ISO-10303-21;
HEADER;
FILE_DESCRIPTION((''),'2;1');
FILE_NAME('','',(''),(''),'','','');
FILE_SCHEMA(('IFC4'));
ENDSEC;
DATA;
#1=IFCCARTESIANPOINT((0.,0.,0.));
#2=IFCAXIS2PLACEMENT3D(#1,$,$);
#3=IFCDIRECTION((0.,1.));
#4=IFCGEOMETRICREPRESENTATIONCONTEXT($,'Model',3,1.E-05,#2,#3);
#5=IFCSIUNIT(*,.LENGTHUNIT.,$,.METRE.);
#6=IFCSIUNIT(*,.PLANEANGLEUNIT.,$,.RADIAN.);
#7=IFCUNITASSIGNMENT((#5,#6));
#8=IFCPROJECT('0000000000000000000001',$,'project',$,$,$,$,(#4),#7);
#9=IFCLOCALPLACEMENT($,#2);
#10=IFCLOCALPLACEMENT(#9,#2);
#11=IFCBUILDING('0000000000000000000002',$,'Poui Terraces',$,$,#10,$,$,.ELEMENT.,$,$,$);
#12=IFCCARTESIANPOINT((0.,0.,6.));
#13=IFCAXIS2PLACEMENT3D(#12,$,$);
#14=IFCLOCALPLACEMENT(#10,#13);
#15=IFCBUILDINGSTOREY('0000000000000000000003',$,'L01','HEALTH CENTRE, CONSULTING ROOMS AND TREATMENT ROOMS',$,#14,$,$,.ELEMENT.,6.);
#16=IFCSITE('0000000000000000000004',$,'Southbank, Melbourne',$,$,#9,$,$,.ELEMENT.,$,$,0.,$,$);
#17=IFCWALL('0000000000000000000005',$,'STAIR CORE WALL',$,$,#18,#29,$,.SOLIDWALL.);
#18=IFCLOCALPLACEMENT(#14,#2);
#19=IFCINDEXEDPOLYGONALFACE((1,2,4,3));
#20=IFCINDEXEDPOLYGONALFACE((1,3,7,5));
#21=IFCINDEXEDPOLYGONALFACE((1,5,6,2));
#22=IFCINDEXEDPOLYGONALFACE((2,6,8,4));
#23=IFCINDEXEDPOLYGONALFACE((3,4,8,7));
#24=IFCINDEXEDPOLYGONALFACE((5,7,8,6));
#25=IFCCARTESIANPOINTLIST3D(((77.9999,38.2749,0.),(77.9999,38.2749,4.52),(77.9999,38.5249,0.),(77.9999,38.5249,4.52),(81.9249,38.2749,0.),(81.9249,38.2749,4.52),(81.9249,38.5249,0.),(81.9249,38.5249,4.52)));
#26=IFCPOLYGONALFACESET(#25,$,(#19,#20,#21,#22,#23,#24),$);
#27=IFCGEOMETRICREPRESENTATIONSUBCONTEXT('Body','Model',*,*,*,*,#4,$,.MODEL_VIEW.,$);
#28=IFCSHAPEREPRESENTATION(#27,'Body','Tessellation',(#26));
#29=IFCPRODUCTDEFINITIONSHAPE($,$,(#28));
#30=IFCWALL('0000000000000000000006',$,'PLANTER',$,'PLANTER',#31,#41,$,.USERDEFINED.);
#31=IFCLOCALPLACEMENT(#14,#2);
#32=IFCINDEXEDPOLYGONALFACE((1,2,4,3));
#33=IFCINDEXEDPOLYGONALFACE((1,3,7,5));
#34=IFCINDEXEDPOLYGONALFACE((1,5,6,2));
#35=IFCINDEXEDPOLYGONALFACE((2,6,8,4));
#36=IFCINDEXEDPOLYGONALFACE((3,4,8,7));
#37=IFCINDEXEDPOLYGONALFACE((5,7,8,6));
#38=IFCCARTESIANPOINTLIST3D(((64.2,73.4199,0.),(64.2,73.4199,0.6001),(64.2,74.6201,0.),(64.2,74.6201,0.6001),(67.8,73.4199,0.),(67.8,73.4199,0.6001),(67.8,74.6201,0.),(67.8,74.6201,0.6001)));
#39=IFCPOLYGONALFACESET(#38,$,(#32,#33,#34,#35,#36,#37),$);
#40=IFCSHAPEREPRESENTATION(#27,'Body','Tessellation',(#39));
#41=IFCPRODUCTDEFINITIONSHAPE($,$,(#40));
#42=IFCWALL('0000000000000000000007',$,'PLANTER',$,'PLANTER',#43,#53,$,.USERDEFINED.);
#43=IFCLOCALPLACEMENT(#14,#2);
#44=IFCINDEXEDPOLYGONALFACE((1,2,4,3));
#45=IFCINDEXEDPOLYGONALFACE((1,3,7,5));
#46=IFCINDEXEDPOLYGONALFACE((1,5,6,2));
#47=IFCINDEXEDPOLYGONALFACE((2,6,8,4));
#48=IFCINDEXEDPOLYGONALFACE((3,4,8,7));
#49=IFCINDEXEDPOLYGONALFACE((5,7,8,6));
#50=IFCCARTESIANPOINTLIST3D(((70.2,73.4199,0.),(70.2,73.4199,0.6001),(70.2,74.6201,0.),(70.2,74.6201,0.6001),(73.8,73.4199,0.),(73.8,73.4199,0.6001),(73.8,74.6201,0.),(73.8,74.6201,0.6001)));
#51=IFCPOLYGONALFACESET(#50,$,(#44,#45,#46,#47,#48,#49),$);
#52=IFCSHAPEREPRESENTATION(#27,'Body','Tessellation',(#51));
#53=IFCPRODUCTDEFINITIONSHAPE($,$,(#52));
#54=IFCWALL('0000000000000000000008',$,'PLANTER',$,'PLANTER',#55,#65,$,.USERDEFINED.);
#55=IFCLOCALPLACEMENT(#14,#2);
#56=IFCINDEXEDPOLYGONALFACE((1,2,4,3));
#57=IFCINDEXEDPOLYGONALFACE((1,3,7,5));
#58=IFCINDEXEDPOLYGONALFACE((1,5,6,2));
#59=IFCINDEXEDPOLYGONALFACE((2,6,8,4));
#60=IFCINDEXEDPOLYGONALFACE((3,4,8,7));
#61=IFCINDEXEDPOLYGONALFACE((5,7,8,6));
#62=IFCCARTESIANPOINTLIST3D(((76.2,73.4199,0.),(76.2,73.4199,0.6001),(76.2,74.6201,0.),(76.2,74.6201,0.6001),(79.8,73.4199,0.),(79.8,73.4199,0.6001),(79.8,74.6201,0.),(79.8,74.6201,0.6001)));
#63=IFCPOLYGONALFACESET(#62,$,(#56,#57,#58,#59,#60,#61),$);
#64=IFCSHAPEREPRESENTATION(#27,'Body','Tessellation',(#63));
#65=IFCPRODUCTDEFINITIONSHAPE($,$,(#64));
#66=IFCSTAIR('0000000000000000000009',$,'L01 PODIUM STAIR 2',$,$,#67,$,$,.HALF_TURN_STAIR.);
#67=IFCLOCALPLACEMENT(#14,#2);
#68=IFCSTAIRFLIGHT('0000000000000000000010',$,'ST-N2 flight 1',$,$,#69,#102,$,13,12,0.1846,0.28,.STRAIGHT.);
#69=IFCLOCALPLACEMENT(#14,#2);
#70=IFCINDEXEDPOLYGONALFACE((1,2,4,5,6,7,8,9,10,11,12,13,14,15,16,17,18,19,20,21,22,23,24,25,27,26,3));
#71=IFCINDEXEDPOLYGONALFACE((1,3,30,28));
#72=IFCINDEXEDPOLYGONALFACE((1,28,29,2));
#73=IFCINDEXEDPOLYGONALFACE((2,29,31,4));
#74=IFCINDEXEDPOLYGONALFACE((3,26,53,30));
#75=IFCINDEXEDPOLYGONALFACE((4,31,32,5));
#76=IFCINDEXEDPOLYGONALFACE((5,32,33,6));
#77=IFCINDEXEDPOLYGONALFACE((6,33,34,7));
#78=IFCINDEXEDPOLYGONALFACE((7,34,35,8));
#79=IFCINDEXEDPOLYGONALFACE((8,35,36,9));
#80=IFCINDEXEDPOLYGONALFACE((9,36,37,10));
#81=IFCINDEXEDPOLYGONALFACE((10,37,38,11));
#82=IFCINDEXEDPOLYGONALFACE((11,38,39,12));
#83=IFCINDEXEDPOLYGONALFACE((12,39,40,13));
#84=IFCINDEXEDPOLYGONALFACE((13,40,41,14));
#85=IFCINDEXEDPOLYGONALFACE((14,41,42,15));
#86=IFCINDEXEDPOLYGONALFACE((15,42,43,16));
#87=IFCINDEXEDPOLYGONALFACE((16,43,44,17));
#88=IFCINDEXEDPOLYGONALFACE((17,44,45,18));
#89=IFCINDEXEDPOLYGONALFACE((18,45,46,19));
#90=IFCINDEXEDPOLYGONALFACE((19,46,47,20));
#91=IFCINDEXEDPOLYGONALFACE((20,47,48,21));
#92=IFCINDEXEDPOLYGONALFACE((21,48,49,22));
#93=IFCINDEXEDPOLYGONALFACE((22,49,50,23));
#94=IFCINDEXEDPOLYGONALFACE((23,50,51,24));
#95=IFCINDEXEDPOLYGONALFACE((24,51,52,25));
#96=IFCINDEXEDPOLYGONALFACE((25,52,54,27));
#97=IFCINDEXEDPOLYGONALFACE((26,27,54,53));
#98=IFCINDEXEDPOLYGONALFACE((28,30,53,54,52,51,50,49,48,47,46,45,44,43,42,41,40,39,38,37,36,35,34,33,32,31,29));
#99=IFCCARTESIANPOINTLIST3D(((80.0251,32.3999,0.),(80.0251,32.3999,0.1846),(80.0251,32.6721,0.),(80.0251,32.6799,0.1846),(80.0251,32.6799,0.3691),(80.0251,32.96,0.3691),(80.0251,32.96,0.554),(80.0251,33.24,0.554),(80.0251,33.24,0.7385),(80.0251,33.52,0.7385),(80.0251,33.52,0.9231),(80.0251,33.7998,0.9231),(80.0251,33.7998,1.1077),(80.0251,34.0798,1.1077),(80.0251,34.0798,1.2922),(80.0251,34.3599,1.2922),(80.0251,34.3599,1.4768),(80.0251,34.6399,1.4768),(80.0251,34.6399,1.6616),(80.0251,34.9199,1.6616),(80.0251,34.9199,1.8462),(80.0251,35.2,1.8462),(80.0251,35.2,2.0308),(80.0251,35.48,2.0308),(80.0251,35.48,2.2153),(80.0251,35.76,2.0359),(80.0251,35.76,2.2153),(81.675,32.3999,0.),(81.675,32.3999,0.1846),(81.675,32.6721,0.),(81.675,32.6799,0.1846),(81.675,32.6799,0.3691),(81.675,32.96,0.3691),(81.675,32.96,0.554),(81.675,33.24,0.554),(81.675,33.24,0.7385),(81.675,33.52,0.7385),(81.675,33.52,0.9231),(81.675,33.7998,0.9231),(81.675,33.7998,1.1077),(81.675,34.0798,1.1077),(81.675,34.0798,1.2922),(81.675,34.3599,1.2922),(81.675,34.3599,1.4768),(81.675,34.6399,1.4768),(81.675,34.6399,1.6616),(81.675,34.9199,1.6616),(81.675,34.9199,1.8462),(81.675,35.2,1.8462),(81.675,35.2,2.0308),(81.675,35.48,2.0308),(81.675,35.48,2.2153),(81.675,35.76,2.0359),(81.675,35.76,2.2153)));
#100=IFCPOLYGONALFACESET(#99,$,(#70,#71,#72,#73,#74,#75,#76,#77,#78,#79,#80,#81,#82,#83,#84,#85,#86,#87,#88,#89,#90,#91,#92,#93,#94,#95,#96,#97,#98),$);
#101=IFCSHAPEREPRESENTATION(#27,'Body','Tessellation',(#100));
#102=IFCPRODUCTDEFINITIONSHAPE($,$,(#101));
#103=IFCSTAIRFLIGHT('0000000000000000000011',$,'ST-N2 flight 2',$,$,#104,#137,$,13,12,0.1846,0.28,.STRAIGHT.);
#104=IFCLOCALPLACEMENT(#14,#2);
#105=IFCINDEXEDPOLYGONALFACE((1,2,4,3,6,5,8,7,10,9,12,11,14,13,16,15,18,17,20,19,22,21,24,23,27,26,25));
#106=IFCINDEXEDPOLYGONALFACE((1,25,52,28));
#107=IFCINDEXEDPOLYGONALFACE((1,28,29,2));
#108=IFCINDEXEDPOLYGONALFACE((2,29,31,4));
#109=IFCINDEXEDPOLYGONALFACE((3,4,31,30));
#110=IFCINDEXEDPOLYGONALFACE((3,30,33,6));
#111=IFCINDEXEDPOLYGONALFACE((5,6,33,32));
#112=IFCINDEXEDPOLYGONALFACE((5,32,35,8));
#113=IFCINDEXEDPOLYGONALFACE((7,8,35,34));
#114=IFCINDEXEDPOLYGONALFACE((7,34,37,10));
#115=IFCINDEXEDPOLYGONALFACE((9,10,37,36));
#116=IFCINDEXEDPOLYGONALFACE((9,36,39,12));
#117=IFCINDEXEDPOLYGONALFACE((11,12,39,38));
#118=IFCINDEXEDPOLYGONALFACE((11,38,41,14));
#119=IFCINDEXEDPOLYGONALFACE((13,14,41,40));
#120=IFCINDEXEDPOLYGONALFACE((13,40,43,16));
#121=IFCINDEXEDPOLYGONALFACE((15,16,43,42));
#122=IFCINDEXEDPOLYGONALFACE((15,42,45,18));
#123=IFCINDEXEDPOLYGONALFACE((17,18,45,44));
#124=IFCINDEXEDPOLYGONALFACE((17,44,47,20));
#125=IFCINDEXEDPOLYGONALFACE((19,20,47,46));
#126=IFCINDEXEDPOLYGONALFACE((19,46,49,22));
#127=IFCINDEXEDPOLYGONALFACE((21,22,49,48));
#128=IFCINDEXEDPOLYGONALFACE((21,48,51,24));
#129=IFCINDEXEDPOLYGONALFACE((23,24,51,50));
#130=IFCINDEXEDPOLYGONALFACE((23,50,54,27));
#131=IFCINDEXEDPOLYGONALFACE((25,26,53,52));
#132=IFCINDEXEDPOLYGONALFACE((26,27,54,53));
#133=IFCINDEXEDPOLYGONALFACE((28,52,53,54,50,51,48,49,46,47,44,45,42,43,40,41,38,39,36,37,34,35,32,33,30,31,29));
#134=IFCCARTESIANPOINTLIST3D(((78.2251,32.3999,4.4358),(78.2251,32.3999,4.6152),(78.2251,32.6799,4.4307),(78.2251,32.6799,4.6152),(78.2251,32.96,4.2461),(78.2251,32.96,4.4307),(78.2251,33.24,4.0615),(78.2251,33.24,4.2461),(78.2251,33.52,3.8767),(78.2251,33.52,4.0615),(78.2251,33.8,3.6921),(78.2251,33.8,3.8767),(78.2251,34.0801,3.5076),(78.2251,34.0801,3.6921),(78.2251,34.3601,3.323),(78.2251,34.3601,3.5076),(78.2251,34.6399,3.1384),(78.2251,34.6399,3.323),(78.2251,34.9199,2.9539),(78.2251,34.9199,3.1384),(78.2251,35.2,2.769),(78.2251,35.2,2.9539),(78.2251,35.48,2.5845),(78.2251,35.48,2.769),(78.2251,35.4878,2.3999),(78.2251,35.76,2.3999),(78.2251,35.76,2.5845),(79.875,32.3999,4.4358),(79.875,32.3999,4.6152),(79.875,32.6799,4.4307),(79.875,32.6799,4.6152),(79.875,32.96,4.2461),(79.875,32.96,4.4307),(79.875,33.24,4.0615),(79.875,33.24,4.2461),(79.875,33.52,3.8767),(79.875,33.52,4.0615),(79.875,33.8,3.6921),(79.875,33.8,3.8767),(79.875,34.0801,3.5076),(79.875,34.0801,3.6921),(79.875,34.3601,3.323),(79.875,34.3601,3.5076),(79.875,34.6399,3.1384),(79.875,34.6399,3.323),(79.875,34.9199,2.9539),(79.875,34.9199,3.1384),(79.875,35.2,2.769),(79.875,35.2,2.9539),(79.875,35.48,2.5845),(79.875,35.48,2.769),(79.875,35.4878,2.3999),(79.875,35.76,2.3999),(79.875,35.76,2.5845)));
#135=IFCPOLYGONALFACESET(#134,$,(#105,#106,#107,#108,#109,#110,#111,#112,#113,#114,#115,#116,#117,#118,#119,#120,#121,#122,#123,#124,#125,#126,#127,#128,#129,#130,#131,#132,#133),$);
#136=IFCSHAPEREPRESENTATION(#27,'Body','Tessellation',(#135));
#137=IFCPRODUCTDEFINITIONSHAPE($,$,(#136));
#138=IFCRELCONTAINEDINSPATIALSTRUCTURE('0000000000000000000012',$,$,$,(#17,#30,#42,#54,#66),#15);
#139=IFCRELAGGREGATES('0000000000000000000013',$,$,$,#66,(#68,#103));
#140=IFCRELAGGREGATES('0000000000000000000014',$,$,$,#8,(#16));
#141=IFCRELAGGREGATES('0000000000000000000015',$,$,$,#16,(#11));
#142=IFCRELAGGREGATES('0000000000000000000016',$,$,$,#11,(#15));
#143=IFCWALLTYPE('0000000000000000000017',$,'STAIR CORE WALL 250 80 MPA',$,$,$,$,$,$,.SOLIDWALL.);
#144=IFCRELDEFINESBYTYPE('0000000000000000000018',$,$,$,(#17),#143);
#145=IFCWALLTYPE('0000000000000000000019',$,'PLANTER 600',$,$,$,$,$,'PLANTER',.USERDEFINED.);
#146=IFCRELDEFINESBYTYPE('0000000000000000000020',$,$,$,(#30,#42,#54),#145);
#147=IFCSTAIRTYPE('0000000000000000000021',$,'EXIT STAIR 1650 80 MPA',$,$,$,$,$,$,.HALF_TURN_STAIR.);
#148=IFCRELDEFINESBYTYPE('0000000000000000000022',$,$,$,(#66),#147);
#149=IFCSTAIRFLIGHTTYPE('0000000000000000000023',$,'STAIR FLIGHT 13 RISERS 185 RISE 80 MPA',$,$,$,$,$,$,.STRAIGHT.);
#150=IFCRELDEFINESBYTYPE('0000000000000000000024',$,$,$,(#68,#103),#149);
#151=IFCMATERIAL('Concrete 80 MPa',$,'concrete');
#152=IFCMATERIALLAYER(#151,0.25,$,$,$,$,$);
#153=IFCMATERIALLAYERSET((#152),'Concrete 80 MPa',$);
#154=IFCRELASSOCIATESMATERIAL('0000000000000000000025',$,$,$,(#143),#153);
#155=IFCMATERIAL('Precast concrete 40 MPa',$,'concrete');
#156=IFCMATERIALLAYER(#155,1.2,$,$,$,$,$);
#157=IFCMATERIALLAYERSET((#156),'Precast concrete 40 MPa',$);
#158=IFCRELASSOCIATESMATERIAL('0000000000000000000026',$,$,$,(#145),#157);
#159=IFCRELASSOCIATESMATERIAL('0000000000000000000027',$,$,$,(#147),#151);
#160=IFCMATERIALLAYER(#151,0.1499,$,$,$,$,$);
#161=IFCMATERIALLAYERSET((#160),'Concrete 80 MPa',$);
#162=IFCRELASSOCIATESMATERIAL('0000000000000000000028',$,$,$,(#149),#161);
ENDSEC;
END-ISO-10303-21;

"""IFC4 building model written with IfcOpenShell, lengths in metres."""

from ifc_helpers import new_model, si_unit, direction, frame, frame_2d, origin, place, context, subcontext, project, spatial, polyline, rectangle, outline, extrude, source, transform, mapped, material, layer, layer_set, type_object, element, aggregate, save


model = new_model("IFC4")

# Units and contexts
model_context = context("Model", 3, precision=1e-05, world=origin(), true_north=direction((0.0, 1.0)))
body_context = subcontext(model_context, "Body", "Model", "MODEL_VIEW")
ifc_project = project(units=[si_unit("LENGTHUNIT", "METRE"), si_unit("PLANEANGLEUNIT", "RADIAN")], contexts=[model_context])

# Site, building, storey
site_placement = place(None, origin())
site = spatial("IfcSite", under=ifc_project, at=site_placement, Name="Southbank, Melbourne", CompositionType="ELEMENT", RefElevation=0.0)
building_placement = place(site_placement, origin())
building = spatial("IfcBuilding", under=site, at=building_placement, Name="Poui Terraces", CompositionType="ELEMENT")
storey_placement = place(building_placement, frame((0.0, 0.0, 6.0)))
storey = spatial("IfcBuildingStorey", under=building, at=storey_placement, Name="L01", Description="HEALTH CENTRE, CONSULTING ROOMS AND TREATMENT ROOMS", CompositionType="ELEMENT", Elevation=6.0)

# Shared definitions
ifc_material_1 = material(Name="Concrete 80 MPa", Category="concrete")

# Walls
ifc_layer_1 = layer(ifc_material_1, 0.25)
ifc_layer_set_1 = layer_set([ifc_layer_1], Name="Concrete 80 MPa")
wall_type_1 = type_object("IfcWallType", Name="STAIR CORE WALL 250 80 MPA", PredefinedType="SOLIDWALL", material=ifc_layer_set_1)
wall_1_placement = place(storey_placement, frame((78.0, 38.3999, 0.0), z_axis=(0.0, 0.0, 1.0), x_axis=(1.0, 0.0, 0.0)))
element("IfcWall", 1, at=wall_1_placement, inside=storey, type_object=wall_type_1, Name="STAIR CORE WALL", PredefinedType="SOLIDWALL", context=body_context, shape_type="SweptSolid", body=[
    extrude(rectangle(XDim=3.925, YDim=0.25, at=frame_2d((1.9624, 0.0))), origin(), (0.0, 0.0, 1.0), 4.52),
])
ifc_material_2 = material(Name="Precast concrete 40 MPa", Category="concrete")
ifc_layer_2 = layer(ifc_material_2, 1.2)
ifc_layer_set_2 = layer_set([ifc_layer_2], Name="Precast concrete 40 MPa")
wall_type_2 = type_object("IfcWallType", Name="PLANTER 600", ElementType="PLANTER", PredefinedType="USERDEFINED", material=ifc_layer_set_2)
shared_shape_1 = source(origin(), body_context, "Body", "SweptSolid", [
    extrude(outline(polyline([(0.0, 0.0), (3.6001, 0.0), (3.6001, 1.2002), (0.0, 1.2002), (0.0, 0.0)])), origin(), (0.0, 0.0, 1.0), 0.6001),
])
for number, where, name in (
    (2, (64.2, 73.4199, 0.0), "PLANTER"),
    (3, (70.2, 73.4199, 0.0), "PLANTER"),
    (4, (76.2, 73.4199, 0.0), "PLANTER"),
):
    element("IfcWall", number, at=place(storey_placement, frame(where)), inside=storey, type_object=wall_type_2, Name=name, ObjectType="PLANTER", PredefinedType="USERDEFINED", context=body_context, shape_type="MappedRepresentation", body=[
        mapped(shared_shape_1, transform((0.0, 0.0, 0.0))),
    ])

# Stair, stair flights
stair_type = type_object("IfcStairType", Name="EXIT STAIR 1650 80 MPA", PredefinedType="HALF_TURN_STAIR", material=ifc_material_1)
stair_placement = place(storey_placement, origin())
stair = element("IfcStair", 5, at=stair_placement, inside=storey, type_object=stair_type, Name="L01 PODIUM STAIR 2", PredefinedType="HALF_TURN_STAIR")
ifc_layer_3 = layer(ifc_material_1, 0.1499)
ifc_layer_set_3 = layer_set([ifc_layer_3], Name="Concrete 80 MPa")
stair_flight_type = type_object("IfcStairFlightType", Name="STAIR FLIGHT 13 RISERS 185 RISE 80 MPA", PredefinedType="STRAIGHT", material=ifc_layer_set_3)
stair_flight_1_placement = place(storey_placement, frame((80.8501, 32.3999, 0.0), z_axis=(0.0, 0.0, 1.0), x_axis=(0.0, 1.0, 0.0)))
stair_flight_1 = element("IfcStairFlight", 6, at=stair_flight_1_placement, type_object=stair_flight_type, Name="ST-N2 flight 1", NumberOfRisers=13, NumberOfTreads=12, PredefinedType="STRAIGHT", RiserHeight=0.1846, TreadLength=0.28, context=body_context, shape_type="SweptSolid", body=[
    extrude(outline(polyline([(0.0, 0.0), (0.0, 0.1846), (0.28, 0.1846), (0.28, 0.3691), (0.5601, 0.3691), (0.5601, 0.554), (0.8401, 0.554), (0.8401, 0.7385), (1.1201, 0.7385), (1.1201, 0.9231), (1.3999, 0.9231), (1.3999, 1.1077), (1.6799, 1.1077), (1.6799, 1.2922), (1.96, 1.2922), (1.96, 1.4768), (2.24, 1.4768), (2.24, 1.6616), (2.52, 1.6616), (2.52, 1.8462), (2.8, 1.8462), (2.8, 2.0308), (3.0801, 2.0308), (3.0801, 2.2153), (3.3601, 2.2153), (3.3601, 2.3999), (3.3601, 2.0359), (0.2722, 0.0), (0.0, 0.0)])), frame((0.0, 0.825, 0.0), z_axis=(0.0, -1.0, 0.0), x_axis=(1.0, 0.0, 0.0)), (0.0, 0.0, 1.0), 1.6499),
])
stair_flight_2_placement = place(storey_placement, frame((79.05, 35.76, 2.3999), z_axis=(0.0, 0.0, 1.0), x_axis=(0.0, -1.0, 0.0)))
stair_flight_2 = element("IfcStairFlight", 7, at=stair_flight_2_placement, type_object=stair_flight_type, Name="ST-N2 flight 2", NumberOfRisers=13, NumberOfTreads=12, PredefinedType="STRAIGHT", RiserHeight=0.1846, TreadLength=0.28, context=body_context, shape_type="SweptSolid", body=[
    extrude(outline(polyline([(0.0, 0.0), (0.0, 0.1846), (0.28, 0.1846), (0.28, 0.3691), (0.5601, 0.3691), (0.5601, 0.554), (0.8401, 0.554), (0.8401, 0.7385), (1.1201, 0.7385), (1.1201, 0.9231), (1.3999, 0.9231), (1.3999, 1.1077), (1.6799, 1.1077), (1.6799, 1.2922), (1.96, 1.2922), (1.96, 1.4768), (2.24, 1.4768), (2.24, 1.6616), (2.52, 1.6616), (2.52, 1.8462), (2.8, 1.8462), (2.8, 2.0308), (3.0801, 2.0308), (3.0801, 2.2153), (3.3601, 2.2153), (3.3601, 2.3999), (3.3601, 2.0359), (0.2722, 0.0), (0.0, 0.0)])), frame((0.0, 0.825, 0.0), z_axis=(0.0, -1.0, 0.0), x_axis=(1.0, 0.0, 0.0)), (0.0, 0.0, 1.0), 1.6499),
])
aggregate(stair, [stair_flight_1, stair_flight_2])

save(model, "model.ifc")
